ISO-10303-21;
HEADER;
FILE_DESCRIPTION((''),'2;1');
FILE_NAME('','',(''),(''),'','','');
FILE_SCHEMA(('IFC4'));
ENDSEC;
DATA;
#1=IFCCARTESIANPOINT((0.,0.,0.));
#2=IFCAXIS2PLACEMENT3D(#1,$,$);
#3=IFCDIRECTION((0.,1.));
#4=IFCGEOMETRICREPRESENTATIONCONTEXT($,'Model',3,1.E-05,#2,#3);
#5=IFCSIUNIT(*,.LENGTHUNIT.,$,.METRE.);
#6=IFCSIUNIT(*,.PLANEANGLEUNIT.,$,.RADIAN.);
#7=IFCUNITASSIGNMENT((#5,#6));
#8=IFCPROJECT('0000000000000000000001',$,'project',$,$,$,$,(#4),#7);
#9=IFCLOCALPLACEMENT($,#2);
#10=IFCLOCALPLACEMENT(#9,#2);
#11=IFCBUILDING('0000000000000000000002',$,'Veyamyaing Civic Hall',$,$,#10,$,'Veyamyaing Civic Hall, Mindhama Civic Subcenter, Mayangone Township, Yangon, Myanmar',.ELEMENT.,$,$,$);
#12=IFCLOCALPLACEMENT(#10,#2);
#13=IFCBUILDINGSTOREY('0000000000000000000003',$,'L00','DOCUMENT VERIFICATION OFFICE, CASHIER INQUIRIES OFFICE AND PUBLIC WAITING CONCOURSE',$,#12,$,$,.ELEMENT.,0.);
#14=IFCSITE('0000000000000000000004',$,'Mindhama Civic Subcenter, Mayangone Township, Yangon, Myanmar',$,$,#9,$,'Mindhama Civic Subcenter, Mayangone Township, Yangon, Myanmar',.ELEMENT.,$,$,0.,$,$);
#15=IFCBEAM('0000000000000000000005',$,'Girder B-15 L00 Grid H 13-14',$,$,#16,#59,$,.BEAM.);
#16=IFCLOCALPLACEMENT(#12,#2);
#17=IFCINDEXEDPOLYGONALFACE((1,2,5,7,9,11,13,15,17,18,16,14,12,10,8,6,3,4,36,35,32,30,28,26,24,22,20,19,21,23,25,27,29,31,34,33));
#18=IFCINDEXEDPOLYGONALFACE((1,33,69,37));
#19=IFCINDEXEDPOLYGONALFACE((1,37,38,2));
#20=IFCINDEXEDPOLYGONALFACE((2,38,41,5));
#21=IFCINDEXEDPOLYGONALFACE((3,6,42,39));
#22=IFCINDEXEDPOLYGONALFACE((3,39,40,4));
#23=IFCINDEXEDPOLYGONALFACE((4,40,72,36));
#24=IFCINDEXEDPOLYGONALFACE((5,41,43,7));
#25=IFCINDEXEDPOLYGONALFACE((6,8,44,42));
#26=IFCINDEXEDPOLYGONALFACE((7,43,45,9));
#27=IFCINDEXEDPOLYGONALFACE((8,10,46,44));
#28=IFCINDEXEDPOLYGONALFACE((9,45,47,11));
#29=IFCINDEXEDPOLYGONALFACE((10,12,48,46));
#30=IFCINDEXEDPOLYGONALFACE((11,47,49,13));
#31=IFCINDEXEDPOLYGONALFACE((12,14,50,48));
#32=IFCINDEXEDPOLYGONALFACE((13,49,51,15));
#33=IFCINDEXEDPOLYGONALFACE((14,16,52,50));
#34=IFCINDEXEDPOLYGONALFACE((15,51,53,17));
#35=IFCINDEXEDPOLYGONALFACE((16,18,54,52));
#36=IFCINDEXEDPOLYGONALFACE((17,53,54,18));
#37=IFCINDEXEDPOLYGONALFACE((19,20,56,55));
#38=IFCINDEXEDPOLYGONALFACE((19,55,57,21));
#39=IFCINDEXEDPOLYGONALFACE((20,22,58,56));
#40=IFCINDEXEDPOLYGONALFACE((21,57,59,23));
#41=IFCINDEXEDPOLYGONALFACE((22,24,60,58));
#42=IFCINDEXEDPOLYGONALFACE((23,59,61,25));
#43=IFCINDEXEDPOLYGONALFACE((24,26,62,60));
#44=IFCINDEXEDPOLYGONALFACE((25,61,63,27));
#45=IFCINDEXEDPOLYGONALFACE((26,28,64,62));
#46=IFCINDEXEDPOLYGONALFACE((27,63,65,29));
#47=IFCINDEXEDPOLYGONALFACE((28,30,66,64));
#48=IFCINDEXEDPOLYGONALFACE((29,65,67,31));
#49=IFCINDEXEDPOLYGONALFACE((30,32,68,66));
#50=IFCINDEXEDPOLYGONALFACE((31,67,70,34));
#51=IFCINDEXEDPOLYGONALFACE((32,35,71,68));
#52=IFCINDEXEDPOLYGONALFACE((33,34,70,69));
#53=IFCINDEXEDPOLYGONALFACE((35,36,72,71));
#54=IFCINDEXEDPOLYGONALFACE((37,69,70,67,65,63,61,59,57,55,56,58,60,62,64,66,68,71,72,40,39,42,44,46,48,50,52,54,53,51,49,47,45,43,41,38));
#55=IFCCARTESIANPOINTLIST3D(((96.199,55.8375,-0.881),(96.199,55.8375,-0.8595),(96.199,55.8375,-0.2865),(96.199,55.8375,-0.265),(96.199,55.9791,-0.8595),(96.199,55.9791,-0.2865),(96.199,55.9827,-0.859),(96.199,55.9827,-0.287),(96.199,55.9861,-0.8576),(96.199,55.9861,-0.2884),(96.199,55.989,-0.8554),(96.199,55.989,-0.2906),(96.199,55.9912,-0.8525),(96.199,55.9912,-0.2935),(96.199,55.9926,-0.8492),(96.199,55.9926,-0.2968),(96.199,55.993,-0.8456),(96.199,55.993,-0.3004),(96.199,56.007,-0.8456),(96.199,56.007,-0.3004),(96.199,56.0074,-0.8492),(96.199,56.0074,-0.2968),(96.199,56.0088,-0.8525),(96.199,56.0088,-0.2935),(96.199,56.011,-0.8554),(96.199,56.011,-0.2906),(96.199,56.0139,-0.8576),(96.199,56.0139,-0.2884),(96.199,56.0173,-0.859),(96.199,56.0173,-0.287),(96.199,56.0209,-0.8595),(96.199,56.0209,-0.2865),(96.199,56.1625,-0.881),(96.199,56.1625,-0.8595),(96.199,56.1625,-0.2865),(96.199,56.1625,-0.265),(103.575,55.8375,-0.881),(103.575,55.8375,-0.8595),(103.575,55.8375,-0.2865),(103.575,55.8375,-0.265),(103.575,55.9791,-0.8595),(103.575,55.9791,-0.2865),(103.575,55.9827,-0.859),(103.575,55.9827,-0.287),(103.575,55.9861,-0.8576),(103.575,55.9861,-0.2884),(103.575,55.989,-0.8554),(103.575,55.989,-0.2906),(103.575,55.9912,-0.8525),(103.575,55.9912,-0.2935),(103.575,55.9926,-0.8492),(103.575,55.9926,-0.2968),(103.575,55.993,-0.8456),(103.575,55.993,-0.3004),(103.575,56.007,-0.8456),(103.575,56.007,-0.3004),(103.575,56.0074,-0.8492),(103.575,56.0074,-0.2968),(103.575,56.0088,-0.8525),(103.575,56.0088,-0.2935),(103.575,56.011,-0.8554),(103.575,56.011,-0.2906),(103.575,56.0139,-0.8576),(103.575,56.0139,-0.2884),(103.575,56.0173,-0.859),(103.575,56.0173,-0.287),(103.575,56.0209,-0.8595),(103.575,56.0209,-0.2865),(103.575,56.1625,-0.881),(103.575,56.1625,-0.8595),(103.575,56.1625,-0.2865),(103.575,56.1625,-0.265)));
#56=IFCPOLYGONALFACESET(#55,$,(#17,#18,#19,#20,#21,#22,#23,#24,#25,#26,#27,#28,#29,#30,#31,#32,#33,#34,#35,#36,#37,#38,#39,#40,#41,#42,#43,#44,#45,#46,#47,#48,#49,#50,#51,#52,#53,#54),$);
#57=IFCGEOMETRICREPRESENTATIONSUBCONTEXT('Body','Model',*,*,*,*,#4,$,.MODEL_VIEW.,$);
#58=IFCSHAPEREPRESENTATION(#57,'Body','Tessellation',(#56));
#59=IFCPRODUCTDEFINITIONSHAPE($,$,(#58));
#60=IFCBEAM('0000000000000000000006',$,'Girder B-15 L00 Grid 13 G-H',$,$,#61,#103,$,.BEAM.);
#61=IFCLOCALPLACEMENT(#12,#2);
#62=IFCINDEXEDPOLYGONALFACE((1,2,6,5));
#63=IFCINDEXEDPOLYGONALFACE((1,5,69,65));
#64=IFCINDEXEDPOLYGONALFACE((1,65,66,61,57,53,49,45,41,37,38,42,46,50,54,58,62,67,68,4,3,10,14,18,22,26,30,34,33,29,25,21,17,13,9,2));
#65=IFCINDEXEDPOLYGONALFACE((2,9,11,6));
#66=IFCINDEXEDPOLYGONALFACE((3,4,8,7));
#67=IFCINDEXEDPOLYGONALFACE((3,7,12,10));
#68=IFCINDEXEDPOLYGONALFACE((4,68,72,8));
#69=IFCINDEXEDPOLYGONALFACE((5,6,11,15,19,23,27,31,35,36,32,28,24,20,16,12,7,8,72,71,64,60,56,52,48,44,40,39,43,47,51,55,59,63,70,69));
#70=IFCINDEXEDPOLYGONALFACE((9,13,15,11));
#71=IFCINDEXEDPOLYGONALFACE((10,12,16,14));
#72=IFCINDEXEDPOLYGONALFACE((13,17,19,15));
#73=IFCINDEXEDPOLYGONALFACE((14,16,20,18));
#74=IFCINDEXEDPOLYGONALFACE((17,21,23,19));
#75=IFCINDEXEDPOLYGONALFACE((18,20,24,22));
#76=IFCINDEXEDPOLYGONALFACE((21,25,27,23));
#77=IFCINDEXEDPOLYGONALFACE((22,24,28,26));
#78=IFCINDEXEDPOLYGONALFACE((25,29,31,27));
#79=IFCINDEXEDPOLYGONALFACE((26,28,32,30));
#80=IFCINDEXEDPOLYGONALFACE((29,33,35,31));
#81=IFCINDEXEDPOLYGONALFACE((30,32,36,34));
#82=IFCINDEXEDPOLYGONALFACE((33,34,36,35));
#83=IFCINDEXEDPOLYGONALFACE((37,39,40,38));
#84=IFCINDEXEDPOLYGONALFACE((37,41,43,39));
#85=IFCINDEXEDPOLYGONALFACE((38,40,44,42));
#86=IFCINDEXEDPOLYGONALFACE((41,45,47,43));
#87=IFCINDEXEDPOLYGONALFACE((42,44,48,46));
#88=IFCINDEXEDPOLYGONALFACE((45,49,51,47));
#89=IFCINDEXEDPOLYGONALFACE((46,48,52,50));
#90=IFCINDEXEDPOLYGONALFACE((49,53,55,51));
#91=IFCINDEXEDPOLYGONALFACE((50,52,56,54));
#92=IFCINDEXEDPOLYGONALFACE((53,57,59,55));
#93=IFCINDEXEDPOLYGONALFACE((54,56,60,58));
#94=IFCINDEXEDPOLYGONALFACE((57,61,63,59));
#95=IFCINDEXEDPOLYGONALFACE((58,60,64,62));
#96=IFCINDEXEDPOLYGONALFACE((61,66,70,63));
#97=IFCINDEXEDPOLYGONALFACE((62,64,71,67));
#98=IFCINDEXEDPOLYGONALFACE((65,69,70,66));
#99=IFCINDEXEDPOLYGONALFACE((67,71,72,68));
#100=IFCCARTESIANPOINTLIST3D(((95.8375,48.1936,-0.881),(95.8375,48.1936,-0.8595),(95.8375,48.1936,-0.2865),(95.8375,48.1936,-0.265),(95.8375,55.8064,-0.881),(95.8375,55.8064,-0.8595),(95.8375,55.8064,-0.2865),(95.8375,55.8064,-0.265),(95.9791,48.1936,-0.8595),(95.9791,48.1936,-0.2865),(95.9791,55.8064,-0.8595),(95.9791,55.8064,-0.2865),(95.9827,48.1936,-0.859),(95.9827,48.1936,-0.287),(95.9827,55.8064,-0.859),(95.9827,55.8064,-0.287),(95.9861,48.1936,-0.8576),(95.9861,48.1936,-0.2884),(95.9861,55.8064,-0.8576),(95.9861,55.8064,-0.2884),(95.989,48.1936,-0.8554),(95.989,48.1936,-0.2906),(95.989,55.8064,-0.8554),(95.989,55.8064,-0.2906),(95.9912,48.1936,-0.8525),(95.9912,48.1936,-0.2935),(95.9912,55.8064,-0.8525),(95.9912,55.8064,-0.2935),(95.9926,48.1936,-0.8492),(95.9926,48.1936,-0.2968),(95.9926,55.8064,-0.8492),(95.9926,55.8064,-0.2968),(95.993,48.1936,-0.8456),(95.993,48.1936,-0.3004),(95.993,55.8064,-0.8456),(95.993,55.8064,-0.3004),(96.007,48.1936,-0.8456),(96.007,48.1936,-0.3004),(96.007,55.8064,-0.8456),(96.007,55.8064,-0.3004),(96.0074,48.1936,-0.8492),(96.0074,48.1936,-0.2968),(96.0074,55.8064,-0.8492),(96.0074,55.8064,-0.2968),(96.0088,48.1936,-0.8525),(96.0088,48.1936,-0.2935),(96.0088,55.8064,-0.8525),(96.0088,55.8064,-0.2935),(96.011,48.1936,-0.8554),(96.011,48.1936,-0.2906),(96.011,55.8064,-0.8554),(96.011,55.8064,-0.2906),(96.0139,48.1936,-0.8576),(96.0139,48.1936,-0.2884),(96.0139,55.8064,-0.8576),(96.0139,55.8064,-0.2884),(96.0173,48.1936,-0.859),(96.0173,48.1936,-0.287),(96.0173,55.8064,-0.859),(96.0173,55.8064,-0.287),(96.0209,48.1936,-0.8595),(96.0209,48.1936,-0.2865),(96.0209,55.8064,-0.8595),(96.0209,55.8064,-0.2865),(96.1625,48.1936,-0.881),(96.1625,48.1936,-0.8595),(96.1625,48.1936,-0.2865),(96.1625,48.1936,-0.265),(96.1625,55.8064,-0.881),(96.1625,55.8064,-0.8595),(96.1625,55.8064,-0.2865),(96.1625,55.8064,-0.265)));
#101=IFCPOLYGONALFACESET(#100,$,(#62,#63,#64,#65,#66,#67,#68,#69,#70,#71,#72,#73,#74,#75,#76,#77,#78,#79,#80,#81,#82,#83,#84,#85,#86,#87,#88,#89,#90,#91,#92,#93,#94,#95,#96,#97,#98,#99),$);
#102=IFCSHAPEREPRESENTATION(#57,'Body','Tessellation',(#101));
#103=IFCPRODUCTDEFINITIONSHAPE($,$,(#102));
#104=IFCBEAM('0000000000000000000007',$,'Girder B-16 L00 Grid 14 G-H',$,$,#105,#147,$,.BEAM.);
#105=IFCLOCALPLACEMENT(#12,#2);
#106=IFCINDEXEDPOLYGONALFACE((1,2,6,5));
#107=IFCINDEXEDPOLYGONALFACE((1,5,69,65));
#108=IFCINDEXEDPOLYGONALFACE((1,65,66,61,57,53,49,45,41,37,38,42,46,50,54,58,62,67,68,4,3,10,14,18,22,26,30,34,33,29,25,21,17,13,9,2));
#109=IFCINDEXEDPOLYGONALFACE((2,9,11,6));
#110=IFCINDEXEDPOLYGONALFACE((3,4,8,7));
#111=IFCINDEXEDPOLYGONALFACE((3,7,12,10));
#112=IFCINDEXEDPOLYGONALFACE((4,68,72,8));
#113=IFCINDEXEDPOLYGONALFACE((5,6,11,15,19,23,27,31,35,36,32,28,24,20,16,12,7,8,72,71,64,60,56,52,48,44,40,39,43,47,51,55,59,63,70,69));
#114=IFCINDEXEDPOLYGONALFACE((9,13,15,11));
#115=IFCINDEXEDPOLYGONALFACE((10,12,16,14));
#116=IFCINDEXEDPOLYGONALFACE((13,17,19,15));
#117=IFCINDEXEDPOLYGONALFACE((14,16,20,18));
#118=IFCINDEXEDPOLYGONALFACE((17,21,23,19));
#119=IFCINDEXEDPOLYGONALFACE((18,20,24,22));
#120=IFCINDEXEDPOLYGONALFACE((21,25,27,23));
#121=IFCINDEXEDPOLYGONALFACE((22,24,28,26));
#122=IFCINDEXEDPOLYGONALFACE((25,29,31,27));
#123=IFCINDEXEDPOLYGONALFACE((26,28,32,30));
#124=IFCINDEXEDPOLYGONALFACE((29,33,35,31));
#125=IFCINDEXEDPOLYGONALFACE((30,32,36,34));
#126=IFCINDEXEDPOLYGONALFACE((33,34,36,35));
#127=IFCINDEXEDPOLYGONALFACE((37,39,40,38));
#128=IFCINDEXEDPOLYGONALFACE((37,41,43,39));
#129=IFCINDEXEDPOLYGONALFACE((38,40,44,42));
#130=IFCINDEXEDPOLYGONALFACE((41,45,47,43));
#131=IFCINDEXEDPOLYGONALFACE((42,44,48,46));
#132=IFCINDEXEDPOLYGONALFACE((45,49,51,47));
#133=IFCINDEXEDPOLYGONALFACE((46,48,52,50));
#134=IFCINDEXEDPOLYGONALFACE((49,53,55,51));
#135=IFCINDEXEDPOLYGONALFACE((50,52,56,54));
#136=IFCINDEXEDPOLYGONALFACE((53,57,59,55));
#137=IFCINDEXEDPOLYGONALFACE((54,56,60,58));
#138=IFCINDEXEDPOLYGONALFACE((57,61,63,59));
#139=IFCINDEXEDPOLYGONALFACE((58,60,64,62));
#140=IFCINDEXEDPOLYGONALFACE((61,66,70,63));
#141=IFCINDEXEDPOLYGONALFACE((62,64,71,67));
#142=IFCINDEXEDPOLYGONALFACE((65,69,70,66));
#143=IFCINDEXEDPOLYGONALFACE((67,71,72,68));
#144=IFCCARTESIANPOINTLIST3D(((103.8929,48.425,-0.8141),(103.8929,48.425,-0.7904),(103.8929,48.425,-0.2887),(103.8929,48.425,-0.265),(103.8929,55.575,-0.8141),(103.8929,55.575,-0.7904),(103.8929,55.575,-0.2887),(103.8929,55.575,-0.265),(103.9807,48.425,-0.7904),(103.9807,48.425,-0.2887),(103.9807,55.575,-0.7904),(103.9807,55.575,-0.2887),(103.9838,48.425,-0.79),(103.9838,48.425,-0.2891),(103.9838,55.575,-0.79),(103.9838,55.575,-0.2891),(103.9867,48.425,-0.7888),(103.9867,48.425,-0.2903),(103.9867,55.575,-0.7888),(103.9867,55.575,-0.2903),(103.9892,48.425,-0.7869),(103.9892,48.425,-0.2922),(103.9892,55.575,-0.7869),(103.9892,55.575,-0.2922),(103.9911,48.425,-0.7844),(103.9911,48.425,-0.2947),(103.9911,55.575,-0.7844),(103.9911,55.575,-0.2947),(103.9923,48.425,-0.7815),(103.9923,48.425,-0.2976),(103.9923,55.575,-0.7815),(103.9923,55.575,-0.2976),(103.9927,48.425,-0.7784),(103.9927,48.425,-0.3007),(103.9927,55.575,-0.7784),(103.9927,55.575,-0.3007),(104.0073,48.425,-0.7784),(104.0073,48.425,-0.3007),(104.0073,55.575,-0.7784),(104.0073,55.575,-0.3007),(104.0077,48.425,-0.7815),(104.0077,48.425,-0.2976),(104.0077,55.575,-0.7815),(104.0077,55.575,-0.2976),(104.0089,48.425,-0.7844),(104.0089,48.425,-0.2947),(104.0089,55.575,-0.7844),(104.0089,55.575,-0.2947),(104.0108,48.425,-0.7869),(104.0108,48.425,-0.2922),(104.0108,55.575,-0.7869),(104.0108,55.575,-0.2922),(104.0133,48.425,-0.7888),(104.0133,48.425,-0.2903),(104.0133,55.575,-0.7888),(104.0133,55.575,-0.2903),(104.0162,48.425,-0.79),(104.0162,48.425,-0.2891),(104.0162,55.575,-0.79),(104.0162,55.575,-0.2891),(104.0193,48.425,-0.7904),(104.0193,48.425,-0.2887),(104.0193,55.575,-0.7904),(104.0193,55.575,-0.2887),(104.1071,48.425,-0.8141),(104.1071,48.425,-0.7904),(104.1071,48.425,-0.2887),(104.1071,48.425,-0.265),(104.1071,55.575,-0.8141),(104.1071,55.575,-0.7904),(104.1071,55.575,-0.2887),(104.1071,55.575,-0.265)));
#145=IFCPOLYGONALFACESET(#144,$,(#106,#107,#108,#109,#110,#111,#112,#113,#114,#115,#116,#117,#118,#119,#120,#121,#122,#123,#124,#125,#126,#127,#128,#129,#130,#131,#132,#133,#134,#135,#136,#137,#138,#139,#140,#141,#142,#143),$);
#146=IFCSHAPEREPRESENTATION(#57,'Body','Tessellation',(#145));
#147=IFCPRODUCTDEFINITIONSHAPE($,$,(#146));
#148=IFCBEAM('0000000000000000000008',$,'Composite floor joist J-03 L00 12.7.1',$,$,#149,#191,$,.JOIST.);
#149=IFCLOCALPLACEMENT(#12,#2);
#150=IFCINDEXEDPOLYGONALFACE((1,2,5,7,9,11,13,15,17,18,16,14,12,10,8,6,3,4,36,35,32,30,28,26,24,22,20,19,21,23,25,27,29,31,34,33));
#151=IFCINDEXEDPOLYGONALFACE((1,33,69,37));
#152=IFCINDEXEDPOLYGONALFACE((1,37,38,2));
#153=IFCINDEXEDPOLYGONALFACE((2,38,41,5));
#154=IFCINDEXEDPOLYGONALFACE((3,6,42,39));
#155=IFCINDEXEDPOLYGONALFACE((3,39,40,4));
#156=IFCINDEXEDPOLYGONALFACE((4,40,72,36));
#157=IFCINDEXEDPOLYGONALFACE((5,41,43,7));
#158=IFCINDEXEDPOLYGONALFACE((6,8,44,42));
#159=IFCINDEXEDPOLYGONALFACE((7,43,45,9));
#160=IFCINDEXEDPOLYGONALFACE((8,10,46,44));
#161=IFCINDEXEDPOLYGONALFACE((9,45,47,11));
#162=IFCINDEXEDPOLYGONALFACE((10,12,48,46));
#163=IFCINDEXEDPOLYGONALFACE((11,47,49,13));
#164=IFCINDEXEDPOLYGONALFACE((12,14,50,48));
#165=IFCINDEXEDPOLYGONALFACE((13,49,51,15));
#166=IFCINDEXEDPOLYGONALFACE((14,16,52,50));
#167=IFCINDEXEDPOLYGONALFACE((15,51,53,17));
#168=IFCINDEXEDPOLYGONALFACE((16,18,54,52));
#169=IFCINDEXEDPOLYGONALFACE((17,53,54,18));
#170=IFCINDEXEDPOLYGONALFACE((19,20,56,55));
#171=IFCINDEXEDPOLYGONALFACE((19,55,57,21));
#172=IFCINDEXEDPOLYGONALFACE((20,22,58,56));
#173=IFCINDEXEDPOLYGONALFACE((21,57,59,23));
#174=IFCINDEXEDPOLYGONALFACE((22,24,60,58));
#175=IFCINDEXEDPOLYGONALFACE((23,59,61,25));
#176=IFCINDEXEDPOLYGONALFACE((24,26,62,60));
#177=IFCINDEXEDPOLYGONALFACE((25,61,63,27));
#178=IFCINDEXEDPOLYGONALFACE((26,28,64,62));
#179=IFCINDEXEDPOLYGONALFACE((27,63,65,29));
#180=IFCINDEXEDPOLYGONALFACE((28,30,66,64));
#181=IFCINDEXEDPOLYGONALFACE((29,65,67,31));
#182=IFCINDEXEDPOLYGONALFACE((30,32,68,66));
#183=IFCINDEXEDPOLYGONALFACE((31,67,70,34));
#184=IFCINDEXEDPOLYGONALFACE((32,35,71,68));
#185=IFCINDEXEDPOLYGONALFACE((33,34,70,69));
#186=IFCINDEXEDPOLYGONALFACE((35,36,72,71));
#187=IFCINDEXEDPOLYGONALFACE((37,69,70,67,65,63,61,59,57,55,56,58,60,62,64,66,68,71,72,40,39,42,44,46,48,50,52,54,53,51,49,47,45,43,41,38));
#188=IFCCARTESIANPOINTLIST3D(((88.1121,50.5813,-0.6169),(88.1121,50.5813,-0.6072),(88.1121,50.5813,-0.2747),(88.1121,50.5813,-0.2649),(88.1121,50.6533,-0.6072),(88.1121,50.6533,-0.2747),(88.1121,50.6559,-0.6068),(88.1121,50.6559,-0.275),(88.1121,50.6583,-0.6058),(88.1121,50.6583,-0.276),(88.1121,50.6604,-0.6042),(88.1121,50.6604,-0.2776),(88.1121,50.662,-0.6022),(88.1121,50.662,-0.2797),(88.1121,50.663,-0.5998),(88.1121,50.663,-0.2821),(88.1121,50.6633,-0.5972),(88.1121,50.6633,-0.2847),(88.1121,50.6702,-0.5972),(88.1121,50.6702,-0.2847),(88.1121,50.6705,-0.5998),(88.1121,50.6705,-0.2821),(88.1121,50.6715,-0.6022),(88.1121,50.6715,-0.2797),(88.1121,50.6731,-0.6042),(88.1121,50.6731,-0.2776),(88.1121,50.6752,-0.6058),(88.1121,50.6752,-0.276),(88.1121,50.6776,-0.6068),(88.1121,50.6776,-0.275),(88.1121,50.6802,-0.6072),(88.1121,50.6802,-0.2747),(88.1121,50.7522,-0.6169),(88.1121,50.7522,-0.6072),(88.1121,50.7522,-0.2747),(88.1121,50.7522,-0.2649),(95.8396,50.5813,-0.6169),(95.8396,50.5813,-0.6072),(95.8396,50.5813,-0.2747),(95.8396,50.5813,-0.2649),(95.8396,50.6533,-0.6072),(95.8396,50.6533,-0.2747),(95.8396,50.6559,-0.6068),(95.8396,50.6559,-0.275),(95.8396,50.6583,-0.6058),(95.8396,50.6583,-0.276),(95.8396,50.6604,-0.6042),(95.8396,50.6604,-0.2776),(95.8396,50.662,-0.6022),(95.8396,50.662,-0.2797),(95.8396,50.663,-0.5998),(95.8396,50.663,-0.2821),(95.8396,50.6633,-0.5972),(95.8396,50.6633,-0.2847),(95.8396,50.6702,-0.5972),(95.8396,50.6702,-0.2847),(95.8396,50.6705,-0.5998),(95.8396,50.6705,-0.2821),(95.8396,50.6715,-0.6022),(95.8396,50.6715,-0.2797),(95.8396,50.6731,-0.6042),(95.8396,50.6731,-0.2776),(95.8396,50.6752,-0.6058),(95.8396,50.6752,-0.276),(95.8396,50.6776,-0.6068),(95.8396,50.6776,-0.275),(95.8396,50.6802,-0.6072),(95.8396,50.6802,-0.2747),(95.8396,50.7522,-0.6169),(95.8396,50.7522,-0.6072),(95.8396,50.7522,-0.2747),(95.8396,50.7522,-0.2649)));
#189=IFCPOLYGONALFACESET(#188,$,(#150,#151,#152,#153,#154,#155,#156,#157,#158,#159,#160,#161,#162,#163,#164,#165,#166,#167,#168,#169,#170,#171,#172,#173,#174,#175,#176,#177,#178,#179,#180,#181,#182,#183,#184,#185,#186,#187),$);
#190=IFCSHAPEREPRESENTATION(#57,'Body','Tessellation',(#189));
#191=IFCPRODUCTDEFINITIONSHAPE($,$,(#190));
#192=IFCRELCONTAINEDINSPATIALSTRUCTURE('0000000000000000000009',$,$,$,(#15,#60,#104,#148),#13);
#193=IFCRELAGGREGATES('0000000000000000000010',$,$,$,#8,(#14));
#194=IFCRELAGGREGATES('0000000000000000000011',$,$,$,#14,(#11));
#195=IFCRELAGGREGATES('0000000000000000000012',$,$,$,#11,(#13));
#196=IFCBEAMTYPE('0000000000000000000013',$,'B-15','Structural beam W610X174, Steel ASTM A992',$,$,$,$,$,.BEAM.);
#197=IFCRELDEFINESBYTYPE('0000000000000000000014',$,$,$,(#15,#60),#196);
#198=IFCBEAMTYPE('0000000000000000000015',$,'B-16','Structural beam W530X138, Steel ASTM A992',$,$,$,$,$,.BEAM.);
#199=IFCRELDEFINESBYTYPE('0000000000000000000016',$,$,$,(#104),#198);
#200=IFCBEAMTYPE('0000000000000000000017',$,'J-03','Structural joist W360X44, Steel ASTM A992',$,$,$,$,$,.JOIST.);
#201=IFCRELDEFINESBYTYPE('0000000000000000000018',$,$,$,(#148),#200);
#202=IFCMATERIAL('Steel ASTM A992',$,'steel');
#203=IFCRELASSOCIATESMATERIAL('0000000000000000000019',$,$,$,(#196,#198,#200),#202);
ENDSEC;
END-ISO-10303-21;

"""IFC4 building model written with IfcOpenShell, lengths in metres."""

from ifc_helpers import new_model, si_unit, direction, frame, origin, origin_2d, place, context, subcontext, project, spatial, i_section, extrude, material, material_profile, profile_set, type_object, element, save


model = new_model("IFC4")

# Units and contexts
model_context = context("Model", 3, precision=1e-05, world=origin(), true_north=direction((0.0, 1.0)))
body_context = subcontext(model_context, "Body", "Model", "MODEL_VIEW")
ifc_project = project(units=[si_unit("LENGTHUNIT", "METRE"), si_unit("PLANEANGLEUNIT", "RADIAN")], contexts=[model_context])

# Site, building, storey
site_placement = place(None, origin())
site = spatial("IfcSite", under=ifc_project, at=site_placement, Name="Mindhama Civic Subcenter, Mayangone Township, Yangon, Myanmar", LongName="Mindhama Civic Subcenter, Mayangone Township, Yangon, Myanmar", CompositionType="ELEMENT", RefElevation=0.0)
building_placement = place(site_placement, origin())
building = spatial("IfcBuilding", under=site, at=building_placement, Name="Veyamyaing Civic Hall", LongName="Veyamyaing Civic Hall, Mindhama Civic Subcenter, Mayangone Township, Yangon, Myanmar", CompositionType="ELEMENT")
storey_placement = place(building_placement, origin())
storey = spatial("IfcBuildingStorey", under=building, at=storey_placement, Name="L00", Description="DOCUMENT VERIFICATION OFFICE, CASHIER INQUIRIES OFFICE AND PUBLIC WAITING CONCOURSE", CompositionType="ELEMENT", Elevation=0.0)

# Beams
ifc_material_1 = material(Name="Steel ASTM A992", Category="steel")
ifc_material_profile_1 = material_profile(ifc_material_1, i_section(OverallWidth=0.325, OverallDepth=0.616, WebThickness=0.0139, FlangeThickness=0.0215, FilletRadius=0.0139, at=origin_2d()), Name="W610X174")
ifc_profile_set_1 = profile_set([ifc_material_profile_1], Name="Steel ASTM A992")
beam_type_1 = type_object("IfcBeamType", Name="B-15", Description="Structural beam W610X174, Steel ASTM A992", PredefinedType="BEAM", material=ifc_profile_set_1)
beam_1_placement = place(storey_placement, frame((96.199, 56.0, -0.573), z_axis=(1.0, 0.0, 0.0), x_axis=(0.0, 1.0, 0.0)))
element("IfcBeam", 1, at=beam_1_placement, inside=storey, type_object=beam_type_1, Name="Girder B-15 L00 Grid H 13-14", PredefinedType="BEAM", context=body_context, shape_type="SweptSolid", body=[
    extrude(i_section(OverallWidth=0.325, OverallDepth=0.616, WebThickness=0.0139, FlangeThickness=0.0215, FilletRadius=0.0139, at=origin_2d()), origin(), (0.0, 0.0, 1.0), 7.376),
])
beam_2_placement = place(storey_placement, frame((96.0, 48.1936, -0.573), z_axis=(0.0, 1.0, 0.0), x_axis=(-1.0, 0.0, 0.0)))
element("IfcBeam", 2, at=beam_2_placement, inside=storey, type_object=beam_type_1, Name="Girder B-15 L00 Grid 13 G-H", PredefinedType="BEAM", context=body_context, shape_type="SweptSolid", body=[
    extrude(i_section(OverallWidth=0.325, OverallDepth=0.616, WebThickness=0.0139, FlangeThickness=0.0215, FilletRadius=0.0139, at=origin_2d()), origin(), (0.0, 0.0, 1.0), 7.6128),
])
ifc_material_profile_2 = material_profile(ifc_material_1, i_section(OverallWidth=0.2141, OverallDepth=0.5491, WebThickness=0.0146, FlangeThickness=0.0237, FilletRadius=0.012, at=origin_2d()), Name="W530X138")
ifc_profile_set_2 = profile_set([ifc_material_profile_2], Name="Steel ASTM A992")
beam_type_2 = type_object("IfcBeamType", Name="B-16", Description="Structural beam W530X138, Steel ASTM A992", PredefinedType="BEAM", material=ifc_profile_set_2)
beam_3_placement = place(storey_placement, frame((104.0, 48.425, -0.5396), z_axis=(0.0, 1.0, 0.0), x_axis=(-1.0, 0.0, 0.0)))
element("IfcBeam", 3, at=beam_3_placement, inside=storey, type_object=beam_type_2, Name="Girder B-16 L00 Grid 14 G-H", PredefinedType="BEAM", context=body_context, shape_type="SweptSolid", body=[
    extrude(i_section(OverallWidth=0.2141, OverallDepth=0.5491, WebThickness=0.0146, FlangeThickness=0.0237, FilletRadius=0.012, at=origin_2d()), origin(), (0.0, 0.0, 1.0), 7.1499),
])
ifc_material_profile_3 = material_profile(ifc_material_1, i_section(OverallWidth=0.1709, OverallDepth=0.3521, WebThickness=0.0068, FlangeThickness=0.0098, FilletRadius=0.01, at=origin_2d()), Name="W360X44")
ifc_profile_set_3 = profile_set([ifc_material_profile_3], Name="Steel ASTM A992")
beam_type_3 = type_object("IfcBeamType", Name="J-03", Description="Structural joist W360X44, Steel ASTM A992", PredefinedType="JOIST", material=ifc_profile_set_3)
for number, where, z_axis, x_axis, name in (
    (4, (88.1121, 50.6667, -0.4409), (1.0, 0.0, 0.0), (0.0, 1.0, 0.0), "Composite floor joist J-03 L00 12.7.1"),
):
    element("IfcBeam", number, at=place(storey_placement, frame(where, z_axis=z_axis, x_axis=x_axis)), inside=storey, type_object=beam_type_3, Name=name, PredefinedType="JOIST", context=body_context, shape_type="SweptSolid", body=[
        extrude(i_section(OverallWidth=0.1709, OverallDepth=0.3521, WebThickness=0.0068, FlangeThickness=0.0098, FilletRadius=0.01, at=origin_2d()), origin(), (0.0, 0.0, 1.0), 7.7275),
    ])

save(model, "model.ifc")
